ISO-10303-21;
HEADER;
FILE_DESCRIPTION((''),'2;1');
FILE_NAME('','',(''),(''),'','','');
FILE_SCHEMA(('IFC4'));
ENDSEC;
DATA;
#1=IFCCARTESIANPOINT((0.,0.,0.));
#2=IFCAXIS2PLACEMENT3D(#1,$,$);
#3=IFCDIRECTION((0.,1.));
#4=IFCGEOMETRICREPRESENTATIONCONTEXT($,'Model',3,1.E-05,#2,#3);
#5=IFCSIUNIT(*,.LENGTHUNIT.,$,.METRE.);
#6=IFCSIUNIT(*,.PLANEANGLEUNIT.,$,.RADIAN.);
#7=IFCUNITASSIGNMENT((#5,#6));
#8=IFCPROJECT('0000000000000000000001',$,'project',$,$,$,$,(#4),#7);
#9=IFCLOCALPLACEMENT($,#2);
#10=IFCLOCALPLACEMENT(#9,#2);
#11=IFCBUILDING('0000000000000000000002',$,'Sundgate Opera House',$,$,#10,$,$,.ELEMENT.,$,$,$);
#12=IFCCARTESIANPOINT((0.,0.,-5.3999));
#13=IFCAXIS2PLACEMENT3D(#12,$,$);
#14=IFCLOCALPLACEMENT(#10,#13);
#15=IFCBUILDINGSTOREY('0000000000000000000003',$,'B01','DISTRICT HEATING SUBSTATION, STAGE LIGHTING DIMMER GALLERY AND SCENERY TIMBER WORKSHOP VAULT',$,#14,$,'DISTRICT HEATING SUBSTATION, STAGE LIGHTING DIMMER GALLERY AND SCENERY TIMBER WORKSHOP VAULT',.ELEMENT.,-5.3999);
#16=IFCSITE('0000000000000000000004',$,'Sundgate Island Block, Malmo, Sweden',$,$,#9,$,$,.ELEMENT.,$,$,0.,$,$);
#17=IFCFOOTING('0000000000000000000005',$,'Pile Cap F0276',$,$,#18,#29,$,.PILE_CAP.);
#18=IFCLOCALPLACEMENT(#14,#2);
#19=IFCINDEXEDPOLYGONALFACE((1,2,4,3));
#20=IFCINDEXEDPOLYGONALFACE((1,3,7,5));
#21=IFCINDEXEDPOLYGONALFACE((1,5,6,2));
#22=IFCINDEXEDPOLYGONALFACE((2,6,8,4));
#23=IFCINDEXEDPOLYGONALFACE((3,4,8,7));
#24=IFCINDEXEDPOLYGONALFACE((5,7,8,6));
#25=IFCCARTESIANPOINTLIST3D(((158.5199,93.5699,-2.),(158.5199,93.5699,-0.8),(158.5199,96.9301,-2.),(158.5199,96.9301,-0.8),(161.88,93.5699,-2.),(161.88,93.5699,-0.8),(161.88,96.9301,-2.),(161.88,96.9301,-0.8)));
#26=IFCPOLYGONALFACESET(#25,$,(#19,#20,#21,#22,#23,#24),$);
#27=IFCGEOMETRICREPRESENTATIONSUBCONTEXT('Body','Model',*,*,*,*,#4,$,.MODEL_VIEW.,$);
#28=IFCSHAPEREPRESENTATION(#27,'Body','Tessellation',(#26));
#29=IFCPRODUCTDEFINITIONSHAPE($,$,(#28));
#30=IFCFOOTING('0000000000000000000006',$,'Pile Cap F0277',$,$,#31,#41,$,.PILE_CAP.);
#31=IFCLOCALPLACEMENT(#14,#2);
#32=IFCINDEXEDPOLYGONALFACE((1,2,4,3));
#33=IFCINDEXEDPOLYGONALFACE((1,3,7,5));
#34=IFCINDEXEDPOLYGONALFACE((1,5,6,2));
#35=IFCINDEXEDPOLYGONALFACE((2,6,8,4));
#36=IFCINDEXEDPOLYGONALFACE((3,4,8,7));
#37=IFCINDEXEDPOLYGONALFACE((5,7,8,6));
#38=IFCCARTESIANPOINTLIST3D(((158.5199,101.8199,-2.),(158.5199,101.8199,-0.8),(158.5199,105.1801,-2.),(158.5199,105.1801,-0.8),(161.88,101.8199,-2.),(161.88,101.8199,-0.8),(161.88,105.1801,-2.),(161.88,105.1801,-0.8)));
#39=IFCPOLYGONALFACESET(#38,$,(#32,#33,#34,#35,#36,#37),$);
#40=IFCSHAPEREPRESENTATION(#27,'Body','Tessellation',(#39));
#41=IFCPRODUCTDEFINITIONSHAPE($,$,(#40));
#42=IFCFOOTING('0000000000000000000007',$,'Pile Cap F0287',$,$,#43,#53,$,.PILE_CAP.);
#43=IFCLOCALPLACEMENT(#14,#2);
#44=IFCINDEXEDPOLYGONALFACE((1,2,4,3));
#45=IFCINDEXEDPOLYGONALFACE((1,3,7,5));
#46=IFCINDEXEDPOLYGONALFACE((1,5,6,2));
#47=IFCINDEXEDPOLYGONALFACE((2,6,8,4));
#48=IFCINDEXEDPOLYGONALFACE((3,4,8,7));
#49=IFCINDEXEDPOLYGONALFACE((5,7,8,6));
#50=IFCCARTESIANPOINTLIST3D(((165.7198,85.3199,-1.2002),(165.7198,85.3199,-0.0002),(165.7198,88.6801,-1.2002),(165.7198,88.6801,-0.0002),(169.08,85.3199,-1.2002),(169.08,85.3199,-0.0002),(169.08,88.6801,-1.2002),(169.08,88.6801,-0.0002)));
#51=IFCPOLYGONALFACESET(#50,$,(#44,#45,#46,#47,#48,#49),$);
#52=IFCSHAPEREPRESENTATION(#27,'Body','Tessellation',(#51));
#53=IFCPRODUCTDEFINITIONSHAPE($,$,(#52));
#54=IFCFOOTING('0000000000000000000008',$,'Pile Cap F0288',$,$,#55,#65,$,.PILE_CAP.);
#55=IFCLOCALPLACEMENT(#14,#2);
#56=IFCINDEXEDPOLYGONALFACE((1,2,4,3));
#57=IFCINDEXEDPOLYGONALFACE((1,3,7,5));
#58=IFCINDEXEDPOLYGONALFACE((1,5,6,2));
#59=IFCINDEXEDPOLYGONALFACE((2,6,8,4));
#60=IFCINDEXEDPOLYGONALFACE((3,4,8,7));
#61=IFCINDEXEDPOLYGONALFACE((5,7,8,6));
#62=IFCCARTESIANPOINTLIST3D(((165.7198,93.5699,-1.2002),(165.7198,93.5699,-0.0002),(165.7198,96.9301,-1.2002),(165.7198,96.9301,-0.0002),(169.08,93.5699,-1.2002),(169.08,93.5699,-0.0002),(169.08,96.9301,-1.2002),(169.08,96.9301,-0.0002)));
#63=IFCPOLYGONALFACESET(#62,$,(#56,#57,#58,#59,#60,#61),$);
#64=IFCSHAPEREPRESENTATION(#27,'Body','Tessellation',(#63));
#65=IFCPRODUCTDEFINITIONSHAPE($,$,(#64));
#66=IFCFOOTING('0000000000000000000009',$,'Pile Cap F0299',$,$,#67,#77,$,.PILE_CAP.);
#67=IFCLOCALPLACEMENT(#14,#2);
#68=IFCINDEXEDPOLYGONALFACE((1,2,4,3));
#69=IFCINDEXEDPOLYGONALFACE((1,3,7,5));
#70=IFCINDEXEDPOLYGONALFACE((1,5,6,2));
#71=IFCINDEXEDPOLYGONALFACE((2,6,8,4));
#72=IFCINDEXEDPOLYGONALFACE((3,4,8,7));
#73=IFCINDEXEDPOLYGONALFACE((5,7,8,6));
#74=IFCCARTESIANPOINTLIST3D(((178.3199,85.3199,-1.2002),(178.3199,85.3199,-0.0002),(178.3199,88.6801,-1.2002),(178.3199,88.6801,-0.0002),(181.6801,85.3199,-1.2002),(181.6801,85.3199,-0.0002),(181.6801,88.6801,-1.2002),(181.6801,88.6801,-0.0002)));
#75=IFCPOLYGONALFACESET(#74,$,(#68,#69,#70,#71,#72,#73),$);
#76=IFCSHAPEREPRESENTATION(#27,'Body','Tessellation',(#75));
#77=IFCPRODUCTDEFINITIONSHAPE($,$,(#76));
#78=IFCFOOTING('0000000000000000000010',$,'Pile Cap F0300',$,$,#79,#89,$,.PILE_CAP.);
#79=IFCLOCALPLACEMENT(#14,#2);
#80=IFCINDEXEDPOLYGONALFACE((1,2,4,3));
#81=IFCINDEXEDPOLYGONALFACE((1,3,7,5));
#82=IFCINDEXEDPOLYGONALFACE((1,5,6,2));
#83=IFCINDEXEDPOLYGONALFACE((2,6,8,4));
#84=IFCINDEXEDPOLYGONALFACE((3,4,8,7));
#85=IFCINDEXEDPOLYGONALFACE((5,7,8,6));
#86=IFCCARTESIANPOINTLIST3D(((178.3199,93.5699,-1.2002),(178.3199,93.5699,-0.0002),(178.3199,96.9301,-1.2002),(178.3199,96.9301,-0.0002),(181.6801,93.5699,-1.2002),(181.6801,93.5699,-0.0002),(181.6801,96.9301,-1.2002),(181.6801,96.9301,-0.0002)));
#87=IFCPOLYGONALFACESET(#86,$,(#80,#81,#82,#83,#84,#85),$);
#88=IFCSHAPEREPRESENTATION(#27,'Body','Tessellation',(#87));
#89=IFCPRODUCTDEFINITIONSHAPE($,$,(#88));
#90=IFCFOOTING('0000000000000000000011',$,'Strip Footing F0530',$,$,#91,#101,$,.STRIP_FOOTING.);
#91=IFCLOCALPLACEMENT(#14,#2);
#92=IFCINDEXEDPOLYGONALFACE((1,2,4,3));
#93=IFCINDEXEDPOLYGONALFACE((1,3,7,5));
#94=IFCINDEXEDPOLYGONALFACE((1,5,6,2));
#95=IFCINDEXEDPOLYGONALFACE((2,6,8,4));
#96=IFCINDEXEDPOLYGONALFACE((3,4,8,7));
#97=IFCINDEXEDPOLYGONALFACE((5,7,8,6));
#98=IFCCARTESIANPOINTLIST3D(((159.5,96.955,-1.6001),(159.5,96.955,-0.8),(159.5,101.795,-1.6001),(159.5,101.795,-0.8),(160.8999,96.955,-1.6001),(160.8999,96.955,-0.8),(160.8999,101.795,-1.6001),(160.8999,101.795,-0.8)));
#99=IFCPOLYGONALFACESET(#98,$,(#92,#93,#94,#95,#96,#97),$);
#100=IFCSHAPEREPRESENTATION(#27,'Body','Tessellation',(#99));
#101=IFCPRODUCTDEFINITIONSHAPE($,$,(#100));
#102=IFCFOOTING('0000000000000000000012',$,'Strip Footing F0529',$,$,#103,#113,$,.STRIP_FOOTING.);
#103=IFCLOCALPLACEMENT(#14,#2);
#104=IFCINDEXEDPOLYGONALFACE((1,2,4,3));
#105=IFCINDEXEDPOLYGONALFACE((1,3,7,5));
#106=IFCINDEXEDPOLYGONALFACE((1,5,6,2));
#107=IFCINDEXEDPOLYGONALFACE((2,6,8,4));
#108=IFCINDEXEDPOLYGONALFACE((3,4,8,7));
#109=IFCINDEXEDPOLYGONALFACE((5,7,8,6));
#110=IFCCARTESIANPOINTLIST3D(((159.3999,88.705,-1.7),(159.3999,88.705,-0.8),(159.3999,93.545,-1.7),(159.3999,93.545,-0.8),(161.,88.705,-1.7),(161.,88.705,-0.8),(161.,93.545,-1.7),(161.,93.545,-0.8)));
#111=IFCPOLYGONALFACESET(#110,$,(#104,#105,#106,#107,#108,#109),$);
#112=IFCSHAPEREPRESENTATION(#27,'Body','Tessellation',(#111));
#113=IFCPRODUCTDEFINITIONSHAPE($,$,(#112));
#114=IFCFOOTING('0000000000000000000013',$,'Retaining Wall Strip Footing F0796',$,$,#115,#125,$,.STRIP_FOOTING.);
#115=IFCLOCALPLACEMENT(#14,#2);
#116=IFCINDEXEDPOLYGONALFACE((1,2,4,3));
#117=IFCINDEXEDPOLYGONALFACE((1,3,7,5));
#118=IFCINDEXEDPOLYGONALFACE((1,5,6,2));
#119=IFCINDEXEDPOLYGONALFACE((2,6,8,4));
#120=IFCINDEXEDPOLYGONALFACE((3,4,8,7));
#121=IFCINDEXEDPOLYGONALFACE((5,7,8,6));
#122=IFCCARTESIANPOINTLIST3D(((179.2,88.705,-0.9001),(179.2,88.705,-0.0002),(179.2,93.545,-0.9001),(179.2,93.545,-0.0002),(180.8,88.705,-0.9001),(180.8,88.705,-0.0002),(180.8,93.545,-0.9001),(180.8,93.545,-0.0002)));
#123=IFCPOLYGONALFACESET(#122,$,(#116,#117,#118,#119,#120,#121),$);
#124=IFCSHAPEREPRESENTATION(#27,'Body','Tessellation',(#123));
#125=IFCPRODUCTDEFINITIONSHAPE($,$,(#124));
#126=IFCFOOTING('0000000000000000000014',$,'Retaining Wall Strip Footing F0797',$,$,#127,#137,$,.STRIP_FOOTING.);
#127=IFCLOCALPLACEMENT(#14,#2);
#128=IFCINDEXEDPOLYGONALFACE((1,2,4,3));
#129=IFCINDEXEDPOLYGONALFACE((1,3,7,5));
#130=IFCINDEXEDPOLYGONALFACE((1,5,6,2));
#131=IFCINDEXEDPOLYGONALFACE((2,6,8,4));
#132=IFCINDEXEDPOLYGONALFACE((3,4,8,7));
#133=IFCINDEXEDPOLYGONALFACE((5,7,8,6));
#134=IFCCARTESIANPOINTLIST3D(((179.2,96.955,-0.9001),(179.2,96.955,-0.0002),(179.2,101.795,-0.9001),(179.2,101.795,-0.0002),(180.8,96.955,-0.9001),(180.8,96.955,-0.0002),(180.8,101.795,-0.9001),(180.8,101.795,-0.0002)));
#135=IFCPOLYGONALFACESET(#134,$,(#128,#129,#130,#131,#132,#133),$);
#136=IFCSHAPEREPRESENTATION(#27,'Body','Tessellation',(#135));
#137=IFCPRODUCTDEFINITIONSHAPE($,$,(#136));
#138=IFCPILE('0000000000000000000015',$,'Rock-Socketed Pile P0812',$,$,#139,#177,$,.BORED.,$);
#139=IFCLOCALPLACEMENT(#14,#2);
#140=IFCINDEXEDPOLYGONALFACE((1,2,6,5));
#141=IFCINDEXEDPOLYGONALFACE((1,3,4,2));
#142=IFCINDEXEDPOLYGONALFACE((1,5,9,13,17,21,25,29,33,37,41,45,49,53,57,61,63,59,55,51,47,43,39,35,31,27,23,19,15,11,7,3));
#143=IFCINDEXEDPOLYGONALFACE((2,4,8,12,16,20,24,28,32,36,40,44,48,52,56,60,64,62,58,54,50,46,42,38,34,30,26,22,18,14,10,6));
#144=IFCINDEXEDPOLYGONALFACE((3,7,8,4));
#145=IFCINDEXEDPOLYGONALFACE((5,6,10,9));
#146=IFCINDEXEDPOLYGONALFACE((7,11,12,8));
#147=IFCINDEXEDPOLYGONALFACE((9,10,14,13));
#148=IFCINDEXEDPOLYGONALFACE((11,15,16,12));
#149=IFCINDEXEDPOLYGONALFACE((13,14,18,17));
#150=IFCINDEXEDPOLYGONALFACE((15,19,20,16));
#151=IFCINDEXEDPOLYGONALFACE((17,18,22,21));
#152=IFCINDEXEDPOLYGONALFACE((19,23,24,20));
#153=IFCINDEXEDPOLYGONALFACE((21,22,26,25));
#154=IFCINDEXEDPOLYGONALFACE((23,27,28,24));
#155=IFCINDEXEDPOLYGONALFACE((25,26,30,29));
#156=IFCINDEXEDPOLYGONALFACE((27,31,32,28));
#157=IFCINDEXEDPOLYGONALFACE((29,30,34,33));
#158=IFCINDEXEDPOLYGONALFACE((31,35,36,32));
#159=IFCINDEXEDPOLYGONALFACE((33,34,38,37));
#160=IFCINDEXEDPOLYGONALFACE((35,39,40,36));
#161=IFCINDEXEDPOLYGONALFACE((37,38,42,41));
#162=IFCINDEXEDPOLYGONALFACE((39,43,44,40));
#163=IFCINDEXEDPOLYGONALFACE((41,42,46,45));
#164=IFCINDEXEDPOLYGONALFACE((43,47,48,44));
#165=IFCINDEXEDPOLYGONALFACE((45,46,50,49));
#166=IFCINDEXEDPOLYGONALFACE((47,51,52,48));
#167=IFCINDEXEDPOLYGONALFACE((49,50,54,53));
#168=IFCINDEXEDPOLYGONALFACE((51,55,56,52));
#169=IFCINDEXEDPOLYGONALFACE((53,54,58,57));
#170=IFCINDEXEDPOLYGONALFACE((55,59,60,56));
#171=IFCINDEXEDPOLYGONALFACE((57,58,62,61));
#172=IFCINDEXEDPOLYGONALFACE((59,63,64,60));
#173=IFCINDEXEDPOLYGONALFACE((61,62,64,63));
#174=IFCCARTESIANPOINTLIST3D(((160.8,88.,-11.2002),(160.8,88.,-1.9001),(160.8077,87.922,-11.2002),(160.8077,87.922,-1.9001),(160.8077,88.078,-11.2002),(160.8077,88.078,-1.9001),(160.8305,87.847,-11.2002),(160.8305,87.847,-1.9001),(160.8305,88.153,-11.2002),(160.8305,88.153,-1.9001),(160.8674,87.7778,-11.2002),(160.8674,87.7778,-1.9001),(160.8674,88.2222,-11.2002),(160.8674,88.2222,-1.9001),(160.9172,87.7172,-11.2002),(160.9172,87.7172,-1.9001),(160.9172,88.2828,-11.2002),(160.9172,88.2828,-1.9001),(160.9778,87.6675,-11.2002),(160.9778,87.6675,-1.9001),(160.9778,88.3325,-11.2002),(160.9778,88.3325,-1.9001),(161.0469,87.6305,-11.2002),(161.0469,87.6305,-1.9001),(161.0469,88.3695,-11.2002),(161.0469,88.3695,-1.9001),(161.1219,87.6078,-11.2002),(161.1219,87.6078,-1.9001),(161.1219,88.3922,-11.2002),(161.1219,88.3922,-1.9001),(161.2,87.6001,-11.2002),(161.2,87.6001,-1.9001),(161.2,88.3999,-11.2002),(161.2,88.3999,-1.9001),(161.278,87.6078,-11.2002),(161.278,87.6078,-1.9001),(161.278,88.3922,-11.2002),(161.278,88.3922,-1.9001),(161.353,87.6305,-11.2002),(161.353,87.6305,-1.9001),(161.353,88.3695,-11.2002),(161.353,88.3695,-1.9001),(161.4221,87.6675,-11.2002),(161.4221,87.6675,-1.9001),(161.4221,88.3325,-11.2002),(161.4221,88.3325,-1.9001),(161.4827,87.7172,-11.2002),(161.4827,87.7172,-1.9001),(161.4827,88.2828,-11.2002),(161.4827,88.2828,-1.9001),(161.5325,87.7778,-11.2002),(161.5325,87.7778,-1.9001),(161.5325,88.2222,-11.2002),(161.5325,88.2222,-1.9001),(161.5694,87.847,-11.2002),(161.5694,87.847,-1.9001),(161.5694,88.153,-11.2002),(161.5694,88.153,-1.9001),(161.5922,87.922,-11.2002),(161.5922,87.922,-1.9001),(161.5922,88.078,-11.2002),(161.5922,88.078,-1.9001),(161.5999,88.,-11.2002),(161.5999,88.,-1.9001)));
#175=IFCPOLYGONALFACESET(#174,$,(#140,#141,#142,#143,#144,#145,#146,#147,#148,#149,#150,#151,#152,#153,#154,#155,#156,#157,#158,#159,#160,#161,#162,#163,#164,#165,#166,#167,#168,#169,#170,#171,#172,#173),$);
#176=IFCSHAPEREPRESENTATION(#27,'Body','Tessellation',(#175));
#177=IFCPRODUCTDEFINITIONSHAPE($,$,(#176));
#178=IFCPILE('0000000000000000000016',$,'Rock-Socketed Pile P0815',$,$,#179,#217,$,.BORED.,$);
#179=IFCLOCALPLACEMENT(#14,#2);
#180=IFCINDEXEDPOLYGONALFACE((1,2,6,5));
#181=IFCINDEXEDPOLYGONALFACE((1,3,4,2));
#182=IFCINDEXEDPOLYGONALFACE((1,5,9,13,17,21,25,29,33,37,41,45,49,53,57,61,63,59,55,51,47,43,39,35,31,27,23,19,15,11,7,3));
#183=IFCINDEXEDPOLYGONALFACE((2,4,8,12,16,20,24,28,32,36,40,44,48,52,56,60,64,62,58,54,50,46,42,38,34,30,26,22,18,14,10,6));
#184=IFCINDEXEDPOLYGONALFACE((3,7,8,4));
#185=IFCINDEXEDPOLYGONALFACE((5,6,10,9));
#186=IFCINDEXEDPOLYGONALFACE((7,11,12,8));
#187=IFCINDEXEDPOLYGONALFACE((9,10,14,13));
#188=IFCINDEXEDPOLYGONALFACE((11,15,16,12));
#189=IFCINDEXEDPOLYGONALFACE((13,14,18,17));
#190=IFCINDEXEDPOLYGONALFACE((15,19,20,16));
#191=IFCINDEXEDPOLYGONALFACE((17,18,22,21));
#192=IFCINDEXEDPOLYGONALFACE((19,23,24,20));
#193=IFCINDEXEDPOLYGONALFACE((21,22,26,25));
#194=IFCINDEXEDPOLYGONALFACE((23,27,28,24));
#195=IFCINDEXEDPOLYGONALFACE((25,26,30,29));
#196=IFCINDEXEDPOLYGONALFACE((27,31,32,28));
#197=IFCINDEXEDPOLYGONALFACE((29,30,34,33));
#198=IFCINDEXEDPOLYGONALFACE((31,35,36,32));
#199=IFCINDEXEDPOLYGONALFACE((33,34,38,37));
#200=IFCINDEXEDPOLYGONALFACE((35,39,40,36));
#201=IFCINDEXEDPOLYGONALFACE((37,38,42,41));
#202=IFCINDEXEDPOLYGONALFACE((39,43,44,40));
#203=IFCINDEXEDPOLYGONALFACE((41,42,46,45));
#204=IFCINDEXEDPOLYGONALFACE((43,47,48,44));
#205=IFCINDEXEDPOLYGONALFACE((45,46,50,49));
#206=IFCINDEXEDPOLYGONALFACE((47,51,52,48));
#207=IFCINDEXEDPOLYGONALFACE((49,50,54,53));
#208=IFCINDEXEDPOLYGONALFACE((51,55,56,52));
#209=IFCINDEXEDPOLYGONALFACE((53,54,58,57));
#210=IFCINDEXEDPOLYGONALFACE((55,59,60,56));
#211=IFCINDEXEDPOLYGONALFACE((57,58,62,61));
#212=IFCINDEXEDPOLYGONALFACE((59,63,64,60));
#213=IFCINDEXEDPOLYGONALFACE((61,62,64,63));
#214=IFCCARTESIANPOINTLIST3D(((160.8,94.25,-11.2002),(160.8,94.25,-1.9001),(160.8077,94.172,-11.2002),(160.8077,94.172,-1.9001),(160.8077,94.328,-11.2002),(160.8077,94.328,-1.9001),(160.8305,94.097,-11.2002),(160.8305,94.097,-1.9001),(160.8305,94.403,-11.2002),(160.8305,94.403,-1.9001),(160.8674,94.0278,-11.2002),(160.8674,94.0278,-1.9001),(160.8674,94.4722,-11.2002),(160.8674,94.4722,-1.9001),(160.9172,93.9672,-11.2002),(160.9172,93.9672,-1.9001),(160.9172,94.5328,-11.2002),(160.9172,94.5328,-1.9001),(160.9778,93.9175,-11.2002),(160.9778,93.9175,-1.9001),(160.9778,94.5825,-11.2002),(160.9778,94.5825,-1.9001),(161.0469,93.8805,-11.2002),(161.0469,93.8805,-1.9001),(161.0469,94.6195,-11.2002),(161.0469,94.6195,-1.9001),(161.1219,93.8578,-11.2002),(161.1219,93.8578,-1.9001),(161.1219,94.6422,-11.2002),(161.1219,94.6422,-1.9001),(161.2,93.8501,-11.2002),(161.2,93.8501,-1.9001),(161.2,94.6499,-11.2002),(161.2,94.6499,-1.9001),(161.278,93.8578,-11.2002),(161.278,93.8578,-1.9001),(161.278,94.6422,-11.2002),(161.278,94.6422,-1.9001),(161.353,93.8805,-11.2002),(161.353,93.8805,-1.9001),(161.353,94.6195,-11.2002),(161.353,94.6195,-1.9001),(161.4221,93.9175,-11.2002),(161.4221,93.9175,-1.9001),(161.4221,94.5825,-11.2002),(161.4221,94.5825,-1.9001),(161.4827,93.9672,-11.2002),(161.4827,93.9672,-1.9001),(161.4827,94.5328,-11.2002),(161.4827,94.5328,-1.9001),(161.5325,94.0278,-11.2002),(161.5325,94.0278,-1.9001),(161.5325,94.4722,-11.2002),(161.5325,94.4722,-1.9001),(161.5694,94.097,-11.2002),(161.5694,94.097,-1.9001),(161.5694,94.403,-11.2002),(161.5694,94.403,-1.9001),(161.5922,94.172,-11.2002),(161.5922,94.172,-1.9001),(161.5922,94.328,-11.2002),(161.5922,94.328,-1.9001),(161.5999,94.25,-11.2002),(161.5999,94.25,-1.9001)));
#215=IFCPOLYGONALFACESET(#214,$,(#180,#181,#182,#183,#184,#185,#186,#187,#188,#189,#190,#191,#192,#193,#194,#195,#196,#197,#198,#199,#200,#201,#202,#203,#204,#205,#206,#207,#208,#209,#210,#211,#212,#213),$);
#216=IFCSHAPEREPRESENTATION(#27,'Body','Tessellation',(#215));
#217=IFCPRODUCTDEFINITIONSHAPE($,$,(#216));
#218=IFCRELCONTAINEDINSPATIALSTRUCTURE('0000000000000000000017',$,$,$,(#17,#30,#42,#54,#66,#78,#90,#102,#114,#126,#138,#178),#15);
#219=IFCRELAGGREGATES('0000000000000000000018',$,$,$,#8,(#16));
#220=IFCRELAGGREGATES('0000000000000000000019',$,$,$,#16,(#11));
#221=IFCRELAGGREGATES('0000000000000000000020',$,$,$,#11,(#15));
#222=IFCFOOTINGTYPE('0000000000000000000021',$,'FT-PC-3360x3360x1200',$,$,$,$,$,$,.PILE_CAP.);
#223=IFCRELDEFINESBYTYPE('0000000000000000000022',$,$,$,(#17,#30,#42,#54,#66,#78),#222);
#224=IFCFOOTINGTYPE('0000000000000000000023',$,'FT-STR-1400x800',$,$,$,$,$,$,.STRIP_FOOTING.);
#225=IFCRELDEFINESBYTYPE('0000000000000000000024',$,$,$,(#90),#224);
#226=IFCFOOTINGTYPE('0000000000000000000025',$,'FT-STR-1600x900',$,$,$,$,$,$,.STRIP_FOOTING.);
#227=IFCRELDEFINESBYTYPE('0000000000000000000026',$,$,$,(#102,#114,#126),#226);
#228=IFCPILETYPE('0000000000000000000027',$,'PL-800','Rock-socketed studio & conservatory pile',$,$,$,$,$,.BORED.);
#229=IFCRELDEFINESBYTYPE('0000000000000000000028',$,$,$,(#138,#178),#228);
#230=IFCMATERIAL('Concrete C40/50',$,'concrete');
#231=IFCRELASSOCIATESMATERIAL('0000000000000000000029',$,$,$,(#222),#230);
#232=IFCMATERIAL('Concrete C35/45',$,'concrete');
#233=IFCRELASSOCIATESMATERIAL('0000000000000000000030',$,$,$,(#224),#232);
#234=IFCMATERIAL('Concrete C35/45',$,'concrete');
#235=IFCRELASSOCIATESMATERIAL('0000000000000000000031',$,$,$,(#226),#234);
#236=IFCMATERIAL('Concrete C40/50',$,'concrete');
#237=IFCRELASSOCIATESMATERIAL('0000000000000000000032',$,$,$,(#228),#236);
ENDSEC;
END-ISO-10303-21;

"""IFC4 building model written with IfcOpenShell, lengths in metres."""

from ifc_helpers import new_model, si_unit, direction, frame, origin, origin_2d, place, context, subcontext, project, spatial, rectangle, circle, extrude, material, material_profile, profile_set, type_object, element, save


model = new_model("IFC4")

# Units and contexts
model_context = context("Model", 3, precision=1e-05, world=origin(), true_north=direction((0.0, 1.0)))
body_context = subcontext(model_context, "Body", "Model", "MODEL_VIEW")
ifc_project = project(units=[si_unit("LENGTHUNIT", "METRE"), si_unit("PLANEANGLEUNIT", "RADIAN")], contexts=[model_context])

# Site, building, storey
site_placement = place(None, origin())
site = spatial("IfcSite", under=ifc_project, at=site_placement, Name="Sundgate Island Block, Malmo, Sweden", CompositionType="ELEMENT", RefElevation=0.0)
building_placement = place(site_placement, origin())
building = spatial("IfcBuilding", under=site, at=building_placement, Name="Sundgate Opera House", CompositionType="ELEMENT")
storey_placement = place(building_placement, frame((0.0, 0.0, -5.3999)))
storey = spatial("IfcBuildingStorey", under=building, at=storey_placement, Name="B01", Description="DISTRICT HEATING SUBSTATION, STAGE LIGHTING DIMMER GALLERY AND SCENERY TIMBER WORKSHOP VAULT", LongName="DISTRICT HEATING SUBSTATION, STAGE LIGHTING DIMMER GALLERY AND SCENERY TIMBER WORKSHOP VAULT", CompositionType="ELEMENT", Elevation=-5.3999)

# Footings
ifc_material_1 = material(Name="Concrete C40/50", Category="concrete")
footing_type_1 = type_object("IfcFootingType", Name="FT-PC-3360x3360x1200", PredefinedType="PILE_CAP", material=ifc_material_1)
for number, where, z_axis, x_axis, name in (
    (1, (160.2, 95.25, -2.0), (0.0, 0.0, 1.0), (1.0, 0.0, 0.0), "Pile Cap F0276"),
    (2, (160.2, 103.5, -2.0), (0.0, 0.0, 1.0), (1.0, 0.0, 0.0), "Pile Cap F0277"),
    (3, (167.3999, 87.0, -1.2002), (0.0, 0.0, 1.0), (1.0, 0.0, 0.0), "Pile Cap F0287"),
    (4, (167.3999, 95.25, -1.2002), (0.0, 0.0, 1.0), (1.0, 0.0, 0.0), "Pile Cap F0288"),
    (5, (180.0, 87.0, -1.2002), (0.0, 0.0, 1.0), (1.0, 0.0, 0.0), "Pile Cap F0299"),
    (6, (180.0, 95.25, -1.2002), (0.0, 0.0, 1.0), (1.0, 0.0, 0.0), "Pile Cap F0300"),
):
    element("IfcFooting", number, at=place(storey_placement, frame(where, z_axis=z_axis, x_axis=x_axis)), inside=storey, type_object=footing_type_1, Name=name, PredefinedType="PILE_CAP", context=body_context, shape_type="SweptSolid", body=[
        extrude(rectangle(XDim=3.3601, YDim=3.3601, at=origin_2d()), origin(), (0.0, 0.0, 1.0), 1.2),
    ])
ifc_material_2 = material(Name="Concrete C35/45", Category="concrete")
footing_type_2 = type_object("IfcFootingType", Name="FT-STR-1400x800", PredefinedType="STRIP_FOOTING", material=ifc_material_2)
footing_placement = place(storey_placement, frame((160.2, 99.375, -1.6001), z_axis=(0.0, 0.0, 1.0), x_axis=(1.0, 0.0, 0.0)))
element("IfcFooting", 7, at=footing_placement, inside=storey, type_object=footing_type_2, Name="Strip Footing F0530", PredefinedType="STRIP_FOOTING", context=body_context, shape_type="SweptSolid", body=[
    extrude(rectangle(XDim=1.3999, YDim=4.8401, at=origin_2d()), origin(), (0.0, 0.0, 1.0), 0.8),
])
ifc_material_3 = material(Name="Concrete C35/45", Category="concrete")
footing_type_3 = type_object("IfcFootingType", Name="FT-STR-1600x900", PredefinedType="STRIP_FOOTING", material=ifc_material_3)
for number, where, z_axis, x_axis, name in (
    (8, (160.2, 91.125, -1.7), (0.0, 0.0, 1.0), (1.0, 0.0, 0.0), "Strip Footing F0529"),
    (9, (180.0, 91.125, -0.9001), (0.0, 0.0, 1.0), (1.0, 0.0, 0.0), "Retaining Wall Strip Footing F0796"),
    (10, (180.0, 99.375, -0.9001), (0.0, 0.0, 1.0), (1.0, 0.0, 0.0), "Retaining Wall Strip Footing F0797"),
):
    element("IfcFooting", number, at=place(storey_placement, frame(where, z_axis=z_axis, x_axis=x_axis)), inside=storey, type_object=footing_type_3, Name=name, PredefinedType="STRIP_FOOTING", context=body_context, shape_type="SweptSolid", body=[
        extrude(rectangle(XDim=1.6001, YDim=4.8401, at=origin_2d()), origin(), (0.0, 0.0, 1.0), 0.8999),
    ])

# Piles
ifc_material_4 = material(Name="Concrete C40/50", Category="concrete")
ifc_material_profile_1 = material_profile(ifc_material_4, circle(Radius=0.3999, at=origin_2d()), Name="PILE D800")
ifc_profile_set_1 = profile_set([ifc_material_profile_1], Name="Concrete C40/50")
pile_type = type_object("IfcPileType", Name="PL-800", Description="Rock-socketed studio & conservatory pile", PredefinedType="BORED", material=ifc_profile_set_1)
for number, where, z_axis, x_axis, name in (
    (11, (161.2, 88.0, -1.9001), (0.0, 0.0, -1.0), (1.0, 0.0, 0.0), "Rock-Socketed Pile P0812"),
    (12, (161.2, 94.25, -1.9001), (0.0, 0.0, -1.0), (1.0, 0.0, 0.0), "Rock-Socketed Pile P0815"),
):
    element("IfcPile", number, at=place(storey_placement, frame(where, z_axis=z_axis, x_axis=x_axis)), inside=storey, type_object=pile_type, Name=name, PredefinedType="BORED", context=body_context, shape_type="SweptSolid", body=[
        extrude(circle(Radius=0.3999, at=origin_2d()), origin(), (0.0, 0.0, 1.0), 9.3),
    ])

save(model, "model.ifc")
